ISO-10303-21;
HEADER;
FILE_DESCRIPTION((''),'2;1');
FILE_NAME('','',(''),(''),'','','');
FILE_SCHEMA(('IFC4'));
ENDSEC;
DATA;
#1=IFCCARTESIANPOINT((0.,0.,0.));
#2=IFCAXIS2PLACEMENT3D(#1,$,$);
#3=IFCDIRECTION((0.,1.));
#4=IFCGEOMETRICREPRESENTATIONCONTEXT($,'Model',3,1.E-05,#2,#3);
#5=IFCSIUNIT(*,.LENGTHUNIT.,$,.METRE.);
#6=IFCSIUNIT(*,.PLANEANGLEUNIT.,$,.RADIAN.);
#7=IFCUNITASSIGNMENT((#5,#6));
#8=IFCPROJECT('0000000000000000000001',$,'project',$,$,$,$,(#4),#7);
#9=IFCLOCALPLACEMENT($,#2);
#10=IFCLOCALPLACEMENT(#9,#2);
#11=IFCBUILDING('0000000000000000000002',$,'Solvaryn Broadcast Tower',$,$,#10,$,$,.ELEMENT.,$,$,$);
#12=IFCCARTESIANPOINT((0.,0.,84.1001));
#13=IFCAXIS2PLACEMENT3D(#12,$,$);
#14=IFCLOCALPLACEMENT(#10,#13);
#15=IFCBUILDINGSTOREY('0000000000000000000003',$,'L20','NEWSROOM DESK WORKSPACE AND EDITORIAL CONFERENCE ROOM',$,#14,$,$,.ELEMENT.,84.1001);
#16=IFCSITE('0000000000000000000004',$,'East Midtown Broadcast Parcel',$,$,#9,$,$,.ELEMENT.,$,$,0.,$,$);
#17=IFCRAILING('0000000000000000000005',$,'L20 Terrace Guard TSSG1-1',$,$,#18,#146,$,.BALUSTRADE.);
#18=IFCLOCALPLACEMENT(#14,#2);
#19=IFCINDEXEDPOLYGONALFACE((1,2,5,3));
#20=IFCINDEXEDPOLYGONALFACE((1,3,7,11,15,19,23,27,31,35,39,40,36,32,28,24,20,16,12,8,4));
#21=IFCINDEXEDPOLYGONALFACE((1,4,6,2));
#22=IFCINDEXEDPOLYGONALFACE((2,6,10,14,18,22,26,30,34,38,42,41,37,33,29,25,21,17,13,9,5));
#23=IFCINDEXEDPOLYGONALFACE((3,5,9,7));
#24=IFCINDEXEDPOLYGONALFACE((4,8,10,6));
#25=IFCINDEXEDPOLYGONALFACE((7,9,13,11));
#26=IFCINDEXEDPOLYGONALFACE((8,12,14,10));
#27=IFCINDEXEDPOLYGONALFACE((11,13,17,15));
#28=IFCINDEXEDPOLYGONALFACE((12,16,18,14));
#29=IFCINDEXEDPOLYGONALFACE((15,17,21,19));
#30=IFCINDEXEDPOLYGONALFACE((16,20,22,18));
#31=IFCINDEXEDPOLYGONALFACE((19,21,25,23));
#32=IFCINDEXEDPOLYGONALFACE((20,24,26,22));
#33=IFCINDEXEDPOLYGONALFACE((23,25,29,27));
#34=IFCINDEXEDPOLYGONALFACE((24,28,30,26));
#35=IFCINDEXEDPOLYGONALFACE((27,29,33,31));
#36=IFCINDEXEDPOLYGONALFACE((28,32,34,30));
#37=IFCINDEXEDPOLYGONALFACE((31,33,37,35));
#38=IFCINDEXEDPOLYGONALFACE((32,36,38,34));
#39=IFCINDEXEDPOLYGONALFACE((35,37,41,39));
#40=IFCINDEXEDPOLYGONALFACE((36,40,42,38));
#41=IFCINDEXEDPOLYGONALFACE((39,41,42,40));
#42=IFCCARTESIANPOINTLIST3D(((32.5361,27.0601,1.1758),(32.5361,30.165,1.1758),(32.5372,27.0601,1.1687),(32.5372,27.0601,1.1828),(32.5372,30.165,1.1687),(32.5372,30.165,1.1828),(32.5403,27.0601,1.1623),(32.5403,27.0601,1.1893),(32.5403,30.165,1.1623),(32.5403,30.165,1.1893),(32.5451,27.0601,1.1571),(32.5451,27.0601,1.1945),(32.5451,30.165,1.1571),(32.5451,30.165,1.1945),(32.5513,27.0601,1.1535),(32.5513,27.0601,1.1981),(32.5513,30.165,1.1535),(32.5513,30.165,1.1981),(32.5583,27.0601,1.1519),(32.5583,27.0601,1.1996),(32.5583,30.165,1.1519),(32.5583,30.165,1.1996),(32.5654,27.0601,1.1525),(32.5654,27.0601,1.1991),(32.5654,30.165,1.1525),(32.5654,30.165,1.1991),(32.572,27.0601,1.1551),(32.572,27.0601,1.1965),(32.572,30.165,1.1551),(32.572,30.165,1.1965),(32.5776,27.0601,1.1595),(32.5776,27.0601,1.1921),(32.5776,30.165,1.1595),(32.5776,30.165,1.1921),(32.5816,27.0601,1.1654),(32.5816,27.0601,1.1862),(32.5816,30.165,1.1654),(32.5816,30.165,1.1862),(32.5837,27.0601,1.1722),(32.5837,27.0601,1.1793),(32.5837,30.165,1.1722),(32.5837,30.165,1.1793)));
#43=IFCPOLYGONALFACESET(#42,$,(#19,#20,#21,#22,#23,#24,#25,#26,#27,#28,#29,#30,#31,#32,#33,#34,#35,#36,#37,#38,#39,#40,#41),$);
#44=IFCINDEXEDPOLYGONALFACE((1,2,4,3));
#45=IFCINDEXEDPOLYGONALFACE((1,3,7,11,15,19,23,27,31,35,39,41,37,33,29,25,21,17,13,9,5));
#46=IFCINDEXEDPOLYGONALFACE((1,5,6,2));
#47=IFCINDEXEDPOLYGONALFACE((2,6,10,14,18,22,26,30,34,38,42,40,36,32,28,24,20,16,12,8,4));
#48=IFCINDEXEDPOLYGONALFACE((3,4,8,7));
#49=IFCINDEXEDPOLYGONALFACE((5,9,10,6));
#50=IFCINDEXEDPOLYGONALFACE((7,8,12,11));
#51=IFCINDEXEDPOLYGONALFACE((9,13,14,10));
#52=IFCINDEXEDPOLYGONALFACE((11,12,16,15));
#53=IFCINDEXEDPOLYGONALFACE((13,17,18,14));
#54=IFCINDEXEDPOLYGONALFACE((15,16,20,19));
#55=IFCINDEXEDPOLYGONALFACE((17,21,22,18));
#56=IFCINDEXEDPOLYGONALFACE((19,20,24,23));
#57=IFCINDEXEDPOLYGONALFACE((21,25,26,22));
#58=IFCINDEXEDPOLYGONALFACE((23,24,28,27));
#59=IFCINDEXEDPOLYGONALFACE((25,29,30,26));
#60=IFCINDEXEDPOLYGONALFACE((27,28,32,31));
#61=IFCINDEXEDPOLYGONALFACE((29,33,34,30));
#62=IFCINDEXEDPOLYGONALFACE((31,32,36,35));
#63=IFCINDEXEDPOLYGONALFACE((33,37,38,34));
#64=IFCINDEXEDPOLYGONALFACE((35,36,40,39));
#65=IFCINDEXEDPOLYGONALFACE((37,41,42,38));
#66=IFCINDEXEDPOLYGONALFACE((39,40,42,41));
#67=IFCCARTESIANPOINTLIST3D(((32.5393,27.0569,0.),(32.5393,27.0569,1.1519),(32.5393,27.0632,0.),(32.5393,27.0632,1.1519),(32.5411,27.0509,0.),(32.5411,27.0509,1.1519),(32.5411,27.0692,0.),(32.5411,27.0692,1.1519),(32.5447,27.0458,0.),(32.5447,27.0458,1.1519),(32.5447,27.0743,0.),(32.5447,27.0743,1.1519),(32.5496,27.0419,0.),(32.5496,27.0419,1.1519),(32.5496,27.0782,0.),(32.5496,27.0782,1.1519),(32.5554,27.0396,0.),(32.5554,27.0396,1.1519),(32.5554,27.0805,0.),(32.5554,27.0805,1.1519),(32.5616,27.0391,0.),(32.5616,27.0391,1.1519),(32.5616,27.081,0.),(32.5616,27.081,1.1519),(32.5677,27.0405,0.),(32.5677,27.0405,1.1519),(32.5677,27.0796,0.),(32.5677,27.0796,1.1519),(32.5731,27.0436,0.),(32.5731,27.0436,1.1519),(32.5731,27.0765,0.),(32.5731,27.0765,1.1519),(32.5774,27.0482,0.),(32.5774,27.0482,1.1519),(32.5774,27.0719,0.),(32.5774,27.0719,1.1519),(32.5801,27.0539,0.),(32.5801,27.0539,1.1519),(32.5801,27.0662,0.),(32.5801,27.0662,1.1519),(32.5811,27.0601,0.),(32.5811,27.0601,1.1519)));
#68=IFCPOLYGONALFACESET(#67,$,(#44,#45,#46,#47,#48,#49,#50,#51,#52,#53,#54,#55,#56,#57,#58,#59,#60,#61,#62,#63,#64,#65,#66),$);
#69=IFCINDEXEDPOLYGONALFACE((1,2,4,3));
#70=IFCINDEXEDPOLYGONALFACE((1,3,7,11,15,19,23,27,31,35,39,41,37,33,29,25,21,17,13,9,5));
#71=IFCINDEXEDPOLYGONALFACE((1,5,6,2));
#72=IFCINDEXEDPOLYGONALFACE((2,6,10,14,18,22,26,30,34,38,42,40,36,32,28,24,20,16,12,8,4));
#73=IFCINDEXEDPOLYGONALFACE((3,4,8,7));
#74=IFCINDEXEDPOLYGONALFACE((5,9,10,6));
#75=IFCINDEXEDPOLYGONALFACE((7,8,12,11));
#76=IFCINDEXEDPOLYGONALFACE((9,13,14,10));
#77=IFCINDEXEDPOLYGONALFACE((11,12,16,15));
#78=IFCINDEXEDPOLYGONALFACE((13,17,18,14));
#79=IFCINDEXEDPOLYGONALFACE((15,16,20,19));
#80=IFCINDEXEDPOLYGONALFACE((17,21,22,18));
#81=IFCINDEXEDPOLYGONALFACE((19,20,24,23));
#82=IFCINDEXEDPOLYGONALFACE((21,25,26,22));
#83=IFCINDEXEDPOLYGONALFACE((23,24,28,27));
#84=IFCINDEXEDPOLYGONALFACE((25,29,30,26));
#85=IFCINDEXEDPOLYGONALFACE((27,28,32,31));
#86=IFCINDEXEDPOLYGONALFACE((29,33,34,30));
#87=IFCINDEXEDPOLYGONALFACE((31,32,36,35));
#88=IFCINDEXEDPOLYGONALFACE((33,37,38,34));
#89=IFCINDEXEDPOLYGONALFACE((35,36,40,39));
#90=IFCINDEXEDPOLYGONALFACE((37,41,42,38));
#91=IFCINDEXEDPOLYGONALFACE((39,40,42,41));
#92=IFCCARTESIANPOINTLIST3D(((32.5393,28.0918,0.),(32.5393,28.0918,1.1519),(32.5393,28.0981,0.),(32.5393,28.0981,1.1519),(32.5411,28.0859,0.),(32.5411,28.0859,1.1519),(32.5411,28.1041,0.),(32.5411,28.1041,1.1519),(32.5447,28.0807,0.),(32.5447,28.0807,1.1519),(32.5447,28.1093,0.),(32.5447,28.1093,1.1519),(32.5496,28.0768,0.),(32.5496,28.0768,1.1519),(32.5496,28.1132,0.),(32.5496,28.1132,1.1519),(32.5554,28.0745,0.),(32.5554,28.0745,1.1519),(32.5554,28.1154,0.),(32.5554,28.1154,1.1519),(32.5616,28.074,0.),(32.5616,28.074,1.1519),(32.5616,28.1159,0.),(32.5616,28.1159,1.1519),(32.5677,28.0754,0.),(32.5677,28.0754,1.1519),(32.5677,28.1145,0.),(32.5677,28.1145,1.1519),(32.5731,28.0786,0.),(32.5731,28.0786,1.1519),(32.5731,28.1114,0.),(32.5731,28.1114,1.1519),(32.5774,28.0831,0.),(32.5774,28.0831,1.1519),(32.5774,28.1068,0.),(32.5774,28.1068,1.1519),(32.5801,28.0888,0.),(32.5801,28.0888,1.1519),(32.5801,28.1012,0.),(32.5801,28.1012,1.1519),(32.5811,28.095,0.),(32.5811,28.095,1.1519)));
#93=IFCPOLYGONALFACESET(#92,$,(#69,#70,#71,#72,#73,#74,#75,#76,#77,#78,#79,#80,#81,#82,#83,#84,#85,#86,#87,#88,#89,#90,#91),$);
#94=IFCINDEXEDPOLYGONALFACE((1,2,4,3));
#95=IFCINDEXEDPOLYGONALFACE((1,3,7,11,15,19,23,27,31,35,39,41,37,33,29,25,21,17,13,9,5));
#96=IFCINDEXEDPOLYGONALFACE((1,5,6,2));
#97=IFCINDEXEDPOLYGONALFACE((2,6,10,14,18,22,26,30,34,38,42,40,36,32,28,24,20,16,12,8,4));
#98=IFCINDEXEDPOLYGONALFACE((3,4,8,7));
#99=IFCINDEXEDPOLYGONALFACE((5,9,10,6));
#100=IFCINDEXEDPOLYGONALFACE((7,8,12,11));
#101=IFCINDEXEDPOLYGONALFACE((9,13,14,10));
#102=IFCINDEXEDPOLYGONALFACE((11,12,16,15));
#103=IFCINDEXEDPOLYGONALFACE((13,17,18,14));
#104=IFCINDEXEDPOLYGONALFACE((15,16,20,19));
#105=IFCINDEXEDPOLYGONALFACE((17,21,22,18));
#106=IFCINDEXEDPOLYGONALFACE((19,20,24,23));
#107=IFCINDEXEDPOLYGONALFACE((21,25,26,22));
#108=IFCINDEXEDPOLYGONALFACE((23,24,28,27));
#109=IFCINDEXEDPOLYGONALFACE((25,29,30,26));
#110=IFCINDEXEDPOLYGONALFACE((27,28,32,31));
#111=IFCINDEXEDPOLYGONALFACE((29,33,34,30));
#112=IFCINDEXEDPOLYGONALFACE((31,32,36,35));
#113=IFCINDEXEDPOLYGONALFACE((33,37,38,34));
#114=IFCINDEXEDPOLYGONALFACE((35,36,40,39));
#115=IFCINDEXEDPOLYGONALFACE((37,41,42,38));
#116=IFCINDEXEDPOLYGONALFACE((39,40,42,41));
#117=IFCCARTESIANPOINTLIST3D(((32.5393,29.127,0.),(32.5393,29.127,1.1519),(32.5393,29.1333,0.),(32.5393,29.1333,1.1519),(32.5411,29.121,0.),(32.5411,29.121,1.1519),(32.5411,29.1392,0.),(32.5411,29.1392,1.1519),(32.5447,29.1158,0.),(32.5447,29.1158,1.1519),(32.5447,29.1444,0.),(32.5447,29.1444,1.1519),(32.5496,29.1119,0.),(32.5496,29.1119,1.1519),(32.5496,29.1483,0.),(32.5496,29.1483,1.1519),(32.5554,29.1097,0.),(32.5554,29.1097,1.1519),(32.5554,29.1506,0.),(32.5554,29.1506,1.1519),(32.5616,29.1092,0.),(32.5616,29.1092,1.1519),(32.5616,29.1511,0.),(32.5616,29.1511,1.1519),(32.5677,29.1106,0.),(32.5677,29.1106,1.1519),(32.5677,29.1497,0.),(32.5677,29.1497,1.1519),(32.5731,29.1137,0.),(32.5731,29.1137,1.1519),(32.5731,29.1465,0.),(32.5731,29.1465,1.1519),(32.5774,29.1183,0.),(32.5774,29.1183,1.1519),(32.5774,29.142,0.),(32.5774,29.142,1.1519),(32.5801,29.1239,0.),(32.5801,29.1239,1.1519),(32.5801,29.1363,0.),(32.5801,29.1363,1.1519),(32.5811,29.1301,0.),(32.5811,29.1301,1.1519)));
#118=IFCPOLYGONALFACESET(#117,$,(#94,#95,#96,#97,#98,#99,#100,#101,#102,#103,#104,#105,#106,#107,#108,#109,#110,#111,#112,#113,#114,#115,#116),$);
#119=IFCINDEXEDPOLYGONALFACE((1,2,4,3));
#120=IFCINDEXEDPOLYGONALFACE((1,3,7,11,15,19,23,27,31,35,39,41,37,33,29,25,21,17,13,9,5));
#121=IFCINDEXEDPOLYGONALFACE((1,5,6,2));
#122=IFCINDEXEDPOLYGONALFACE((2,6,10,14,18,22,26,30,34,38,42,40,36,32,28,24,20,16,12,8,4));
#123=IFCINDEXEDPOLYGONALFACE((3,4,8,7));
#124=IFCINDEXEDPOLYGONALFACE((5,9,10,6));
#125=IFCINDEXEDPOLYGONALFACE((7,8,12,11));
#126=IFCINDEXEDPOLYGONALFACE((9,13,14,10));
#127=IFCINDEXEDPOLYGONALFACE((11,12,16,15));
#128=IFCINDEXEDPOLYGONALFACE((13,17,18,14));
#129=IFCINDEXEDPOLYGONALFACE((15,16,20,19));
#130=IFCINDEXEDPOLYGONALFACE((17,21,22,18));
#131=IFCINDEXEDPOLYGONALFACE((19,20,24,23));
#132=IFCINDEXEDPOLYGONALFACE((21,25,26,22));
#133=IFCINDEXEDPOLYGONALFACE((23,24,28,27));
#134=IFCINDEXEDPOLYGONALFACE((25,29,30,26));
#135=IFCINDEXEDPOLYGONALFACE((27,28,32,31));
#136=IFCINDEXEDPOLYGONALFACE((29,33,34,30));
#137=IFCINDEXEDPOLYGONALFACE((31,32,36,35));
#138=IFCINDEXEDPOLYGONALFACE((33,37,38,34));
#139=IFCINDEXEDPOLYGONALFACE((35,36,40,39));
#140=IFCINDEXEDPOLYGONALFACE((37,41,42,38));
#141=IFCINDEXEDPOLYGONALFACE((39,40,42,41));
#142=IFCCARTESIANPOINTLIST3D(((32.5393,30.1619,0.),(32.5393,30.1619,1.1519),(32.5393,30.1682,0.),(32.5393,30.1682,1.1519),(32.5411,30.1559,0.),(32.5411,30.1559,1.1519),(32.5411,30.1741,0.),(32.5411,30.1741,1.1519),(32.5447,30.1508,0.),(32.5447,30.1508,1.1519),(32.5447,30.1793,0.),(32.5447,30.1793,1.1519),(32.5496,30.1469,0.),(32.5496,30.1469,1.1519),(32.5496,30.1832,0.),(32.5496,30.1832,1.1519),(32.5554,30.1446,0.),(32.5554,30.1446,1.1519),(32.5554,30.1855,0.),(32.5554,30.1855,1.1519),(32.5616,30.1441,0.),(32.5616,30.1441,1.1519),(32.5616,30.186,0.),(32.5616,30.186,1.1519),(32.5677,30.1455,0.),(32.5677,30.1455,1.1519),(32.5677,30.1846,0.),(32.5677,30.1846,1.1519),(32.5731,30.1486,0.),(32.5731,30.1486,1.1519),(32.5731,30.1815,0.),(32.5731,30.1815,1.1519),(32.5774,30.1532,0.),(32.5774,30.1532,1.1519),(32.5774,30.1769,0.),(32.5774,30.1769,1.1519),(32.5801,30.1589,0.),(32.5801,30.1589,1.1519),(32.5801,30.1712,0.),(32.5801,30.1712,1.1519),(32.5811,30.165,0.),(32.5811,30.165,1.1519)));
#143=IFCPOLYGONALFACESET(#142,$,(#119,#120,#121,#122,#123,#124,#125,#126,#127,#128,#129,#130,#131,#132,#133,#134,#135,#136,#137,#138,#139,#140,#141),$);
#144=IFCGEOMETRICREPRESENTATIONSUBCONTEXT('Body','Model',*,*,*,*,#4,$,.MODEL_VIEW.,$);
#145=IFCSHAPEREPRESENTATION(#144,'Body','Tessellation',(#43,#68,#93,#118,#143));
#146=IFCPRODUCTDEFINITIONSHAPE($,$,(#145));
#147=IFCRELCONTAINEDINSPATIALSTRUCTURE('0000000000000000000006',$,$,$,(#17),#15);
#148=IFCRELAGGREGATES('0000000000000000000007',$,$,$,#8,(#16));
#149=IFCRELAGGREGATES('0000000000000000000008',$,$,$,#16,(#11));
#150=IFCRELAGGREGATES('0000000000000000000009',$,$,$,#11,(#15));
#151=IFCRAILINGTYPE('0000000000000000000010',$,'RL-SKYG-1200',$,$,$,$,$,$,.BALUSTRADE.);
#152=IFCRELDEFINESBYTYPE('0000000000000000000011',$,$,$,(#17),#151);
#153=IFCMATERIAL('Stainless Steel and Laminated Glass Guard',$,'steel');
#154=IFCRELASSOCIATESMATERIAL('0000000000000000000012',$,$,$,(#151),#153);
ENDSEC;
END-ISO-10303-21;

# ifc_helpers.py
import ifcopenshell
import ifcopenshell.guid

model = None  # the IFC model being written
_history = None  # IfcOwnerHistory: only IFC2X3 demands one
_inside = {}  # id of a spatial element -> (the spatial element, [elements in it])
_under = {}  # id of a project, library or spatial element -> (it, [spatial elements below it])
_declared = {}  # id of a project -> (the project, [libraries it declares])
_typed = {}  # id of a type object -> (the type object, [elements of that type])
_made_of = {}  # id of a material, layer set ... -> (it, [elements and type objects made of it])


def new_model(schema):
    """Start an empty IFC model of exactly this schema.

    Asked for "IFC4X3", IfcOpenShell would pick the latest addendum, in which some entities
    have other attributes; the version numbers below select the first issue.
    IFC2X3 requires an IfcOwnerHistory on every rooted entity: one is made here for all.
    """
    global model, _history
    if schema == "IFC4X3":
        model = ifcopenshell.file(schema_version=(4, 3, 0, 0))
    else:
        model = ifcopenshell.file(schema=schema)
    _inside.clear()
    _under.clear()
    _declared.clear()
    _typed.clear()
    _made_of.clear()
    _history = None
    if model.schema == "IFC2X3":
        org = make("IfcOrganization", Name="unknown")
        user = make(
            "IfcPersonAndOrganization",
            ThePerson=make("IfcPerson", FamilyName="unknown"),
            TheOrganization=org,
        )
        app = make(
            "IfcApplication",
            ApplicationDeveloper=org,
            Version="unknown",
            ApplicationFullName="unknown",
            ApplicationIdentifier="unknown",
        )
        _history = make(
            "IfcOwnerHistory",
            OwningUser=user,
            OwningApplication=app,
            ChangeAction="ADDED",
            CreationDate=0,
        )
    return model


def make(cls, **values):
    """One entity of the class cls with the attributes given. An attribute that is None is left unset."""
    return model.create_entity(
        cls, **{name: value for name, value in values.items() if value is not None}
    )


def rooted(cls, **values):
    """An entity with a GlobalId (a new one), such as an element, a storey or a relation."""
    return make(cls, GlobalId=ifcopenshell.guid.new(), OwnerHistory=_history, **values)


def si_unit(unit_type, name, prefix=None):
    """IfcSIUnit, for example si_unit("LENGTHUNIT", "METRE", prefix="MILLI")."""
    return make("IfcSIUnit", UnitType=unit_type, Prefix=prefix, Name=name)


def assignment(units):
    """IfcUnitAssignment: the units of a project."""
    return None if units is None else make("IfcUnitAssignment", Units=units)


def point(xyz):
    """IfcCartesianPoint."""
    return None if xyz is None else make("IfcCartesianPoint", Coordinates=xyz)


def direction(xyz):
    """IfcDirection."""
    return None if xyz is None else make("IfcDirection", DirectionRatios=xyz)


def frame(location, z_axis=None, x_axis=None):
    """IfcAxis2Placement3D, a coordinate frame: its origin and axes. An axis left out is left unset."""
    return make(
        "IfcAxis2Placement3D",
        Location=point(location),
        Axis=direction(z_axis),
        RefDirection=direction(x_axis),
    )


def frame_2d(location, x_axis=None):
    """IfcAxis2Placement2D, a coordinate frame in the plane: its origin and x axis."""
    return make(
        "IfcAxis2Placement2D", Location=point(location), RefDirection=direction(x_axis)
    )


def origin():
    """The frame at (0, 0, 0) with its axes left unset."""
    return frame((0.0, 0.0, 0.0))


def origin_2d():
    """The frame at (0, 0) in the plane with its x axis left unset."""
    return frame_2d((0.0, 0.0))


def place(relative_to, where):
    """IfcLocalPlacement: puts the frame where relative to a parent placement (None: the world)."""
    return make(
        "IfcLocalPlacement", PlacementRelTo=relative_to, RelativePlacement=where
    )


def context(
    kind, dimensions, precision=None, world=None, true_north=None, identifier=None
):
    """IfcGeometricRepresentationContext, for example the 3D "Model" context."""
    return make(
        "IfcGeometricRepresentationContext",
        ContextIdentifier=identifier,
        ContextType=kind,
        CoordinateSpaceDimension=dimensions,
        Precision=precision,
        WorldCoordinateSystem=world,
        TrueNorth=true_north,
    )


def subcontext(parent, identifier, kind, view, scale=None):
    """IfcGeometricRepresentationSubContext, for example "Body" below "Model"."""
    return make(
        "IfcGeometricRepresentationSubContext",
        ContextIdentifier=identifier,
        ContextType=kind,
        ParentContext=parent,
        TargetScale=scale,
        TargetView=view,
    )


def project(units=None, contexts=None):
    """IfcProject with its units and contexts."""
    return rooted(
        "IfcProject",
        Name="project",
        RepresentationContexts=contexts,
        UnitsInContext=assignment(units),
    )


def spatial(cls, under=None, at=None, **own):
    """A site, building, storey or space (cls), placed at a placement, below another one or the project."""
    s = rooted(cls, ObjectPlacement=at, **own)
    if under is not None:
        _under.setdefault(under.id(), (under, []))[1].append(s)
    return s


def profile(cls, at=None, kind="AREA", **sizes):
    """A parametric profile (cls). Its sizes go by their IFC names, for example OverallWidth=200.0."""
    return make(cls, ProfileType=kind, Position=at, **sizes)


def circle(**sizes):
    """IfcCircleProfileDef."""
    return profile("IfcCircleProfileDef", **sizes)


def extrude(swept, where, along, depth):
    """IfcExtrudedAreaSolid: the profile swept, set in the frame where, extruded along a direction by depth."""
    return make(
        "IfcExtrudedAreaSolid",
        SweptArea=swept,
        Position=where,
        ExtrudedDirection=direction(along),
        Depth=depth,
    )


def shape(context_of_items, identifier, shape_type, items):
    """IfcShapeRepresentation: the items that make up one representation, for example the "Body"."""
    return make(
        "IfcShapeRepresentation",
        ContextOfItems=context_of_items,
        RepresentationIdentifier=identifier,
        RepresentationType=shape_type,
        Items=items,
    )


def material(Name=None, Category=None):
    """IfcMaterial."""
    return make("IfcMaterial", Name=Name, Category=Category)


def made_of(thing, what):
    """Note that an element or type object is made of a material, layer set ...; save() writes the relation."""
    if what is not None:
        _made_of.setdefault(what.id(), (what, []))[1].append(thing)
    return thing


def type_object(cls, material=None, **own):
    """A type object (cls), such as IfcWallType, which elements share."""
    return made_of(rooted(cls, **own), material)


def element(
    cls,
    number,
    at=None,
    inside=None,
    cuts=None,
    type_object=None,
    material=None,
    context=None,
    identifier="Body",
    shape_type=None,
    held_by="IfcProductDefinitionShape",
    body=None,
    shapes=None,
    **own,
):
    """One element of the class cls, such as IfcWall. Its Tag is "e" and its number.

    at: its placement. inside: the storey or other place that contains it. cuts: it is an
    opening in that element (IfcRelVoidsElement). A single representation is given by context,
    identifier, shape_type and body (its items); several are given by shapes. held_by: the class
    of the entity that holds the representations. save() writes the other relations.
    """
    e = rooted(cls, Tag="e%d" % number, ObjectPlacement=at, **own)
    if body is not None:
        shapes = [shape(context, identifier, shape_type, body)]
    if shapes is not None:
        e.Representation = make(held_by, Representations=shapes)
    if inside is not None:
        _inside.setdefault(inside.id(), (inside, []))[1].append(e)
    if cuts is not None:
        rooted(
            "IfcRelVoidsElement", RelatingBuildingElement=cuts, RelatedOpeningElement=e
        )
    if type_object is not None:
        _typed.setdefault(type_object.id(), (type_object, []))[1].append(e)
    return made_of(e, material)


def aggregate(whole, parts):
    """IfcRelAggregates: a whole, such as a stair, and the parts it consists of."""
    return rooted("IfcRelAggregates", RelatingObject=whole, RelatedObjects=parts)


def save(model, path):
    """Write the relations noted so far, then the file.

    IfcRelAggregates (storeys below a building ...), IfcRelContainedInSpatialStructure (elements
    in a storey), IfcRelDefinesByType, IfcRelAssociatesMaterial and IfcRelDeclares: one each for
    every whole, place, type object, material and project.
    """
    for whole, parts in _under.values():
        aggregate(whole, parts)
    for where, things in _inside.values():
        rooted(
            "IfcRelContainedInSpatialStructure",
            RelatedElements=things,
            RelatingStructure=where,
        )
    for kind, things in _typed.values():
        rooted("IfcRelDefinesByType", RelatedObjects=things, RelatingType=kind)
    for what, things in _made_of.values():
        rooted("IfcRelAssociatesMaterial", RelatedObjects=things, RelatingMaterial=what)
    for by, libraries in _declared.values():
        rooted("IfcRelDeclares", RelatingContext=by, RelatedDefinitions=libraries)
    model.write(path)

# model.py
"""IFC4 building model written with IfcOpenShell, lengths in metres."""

from ifc_helpers import new_model, si_unit, direction, frame, origin, origin_2d, place, context, subcontext, project, spatial, circle, extrude, material, type_object, element, save


model = new_model("IFC4")

# Units and contexts
model_context = context("Model", 3, precision=1e-05, world=origin(), true_north=direction((0.0, 1.0)))
body_context = subcontext(model_context, "Body", "Model", "MODEL_VIEW")
ifc_project = project(units=[si_unit("LENGTHUNIT", "METRE"), si_unit("PLANEANGLEUNIT", "RADIAN")], contexts=[model_context])

# Site, building, storey
site_placement = place(None, origin())
site = spatial("IfcSite", under=ifc_project, at=site_placement, Name="East Midtown Broadcast Parcel", CompositionType="ELEMENT", RefElevation=0.0)
building_placement = place(site_placement, origin())
building = spatial("IfcBuilding", under=site, at=building_placement, Name="Solvaryn Broadcast Tower", CompositionType="ELEMENT")
storey_placement = place(building_placement, frame((0.0, 0.0, 84.1001)))
storey = spatial("IfcBuildingStorey", under=building, at=storey_placement, Name="L20", Description="NEWSROOM DESK WORKSPACE AND EDITORIAL CONFERENCE ROOM", CompositionType="ELEMENT", Elevation=84.1001)

# Railing
ifc_material_1 = material(Name="Stainless Steel and Laminated Glass Guard", Category="steel")
railing_type_1 = type_object("IfcRailingType", Name="RL-SKYG-1200", PredefinedType="BALUSTRADE", material=ifc_material_1)
railing_1_placement = place(storey_placement, frame((32.5601, 27.0601, 0.0)))
element("IfcRailing", 1, at=railing_1_placement, inside=storey, type_object=railing_type_1, Name="L20 Terrace Guard TSSG1-1", PredefinedType="BALUSTRADE", context=body_context, shape_type="SweptSolid", body=[
    extrude(circle(Radius=0.0239, at=origin_2d()), frame((0.0, 0.0, 1.1758), z_axis=(0.0, 1.0, 0.0), x_axis=(-1.0, 0.0, 0.0)), (0.0, 0.0, 1.0), 3.105),
    extrude(circle(Radius=0.021, at=origin_2d()), origin(), (0.0, 0.0, 1.0), 1.1519),
    extrude(circle(Radius=0.021, at=origin_2d()), frame((0.0, 1.0349, 0.0)), (0.0, 0.0, 1.0), 1.1519),
    extrude(circle(Radius=0.021, at=origin_2d()), frame((0.0, 2.0701, 0.0)), (0.0, 0.0, 1.0), 1.1519),
    extrude(circle(Radius=0.021, at=origin_2d()), frame((0.0, 3.105, 0.0)), (0.0, 0.0, 1.0), 1.1519),
])

save(model, "model.ifc")
